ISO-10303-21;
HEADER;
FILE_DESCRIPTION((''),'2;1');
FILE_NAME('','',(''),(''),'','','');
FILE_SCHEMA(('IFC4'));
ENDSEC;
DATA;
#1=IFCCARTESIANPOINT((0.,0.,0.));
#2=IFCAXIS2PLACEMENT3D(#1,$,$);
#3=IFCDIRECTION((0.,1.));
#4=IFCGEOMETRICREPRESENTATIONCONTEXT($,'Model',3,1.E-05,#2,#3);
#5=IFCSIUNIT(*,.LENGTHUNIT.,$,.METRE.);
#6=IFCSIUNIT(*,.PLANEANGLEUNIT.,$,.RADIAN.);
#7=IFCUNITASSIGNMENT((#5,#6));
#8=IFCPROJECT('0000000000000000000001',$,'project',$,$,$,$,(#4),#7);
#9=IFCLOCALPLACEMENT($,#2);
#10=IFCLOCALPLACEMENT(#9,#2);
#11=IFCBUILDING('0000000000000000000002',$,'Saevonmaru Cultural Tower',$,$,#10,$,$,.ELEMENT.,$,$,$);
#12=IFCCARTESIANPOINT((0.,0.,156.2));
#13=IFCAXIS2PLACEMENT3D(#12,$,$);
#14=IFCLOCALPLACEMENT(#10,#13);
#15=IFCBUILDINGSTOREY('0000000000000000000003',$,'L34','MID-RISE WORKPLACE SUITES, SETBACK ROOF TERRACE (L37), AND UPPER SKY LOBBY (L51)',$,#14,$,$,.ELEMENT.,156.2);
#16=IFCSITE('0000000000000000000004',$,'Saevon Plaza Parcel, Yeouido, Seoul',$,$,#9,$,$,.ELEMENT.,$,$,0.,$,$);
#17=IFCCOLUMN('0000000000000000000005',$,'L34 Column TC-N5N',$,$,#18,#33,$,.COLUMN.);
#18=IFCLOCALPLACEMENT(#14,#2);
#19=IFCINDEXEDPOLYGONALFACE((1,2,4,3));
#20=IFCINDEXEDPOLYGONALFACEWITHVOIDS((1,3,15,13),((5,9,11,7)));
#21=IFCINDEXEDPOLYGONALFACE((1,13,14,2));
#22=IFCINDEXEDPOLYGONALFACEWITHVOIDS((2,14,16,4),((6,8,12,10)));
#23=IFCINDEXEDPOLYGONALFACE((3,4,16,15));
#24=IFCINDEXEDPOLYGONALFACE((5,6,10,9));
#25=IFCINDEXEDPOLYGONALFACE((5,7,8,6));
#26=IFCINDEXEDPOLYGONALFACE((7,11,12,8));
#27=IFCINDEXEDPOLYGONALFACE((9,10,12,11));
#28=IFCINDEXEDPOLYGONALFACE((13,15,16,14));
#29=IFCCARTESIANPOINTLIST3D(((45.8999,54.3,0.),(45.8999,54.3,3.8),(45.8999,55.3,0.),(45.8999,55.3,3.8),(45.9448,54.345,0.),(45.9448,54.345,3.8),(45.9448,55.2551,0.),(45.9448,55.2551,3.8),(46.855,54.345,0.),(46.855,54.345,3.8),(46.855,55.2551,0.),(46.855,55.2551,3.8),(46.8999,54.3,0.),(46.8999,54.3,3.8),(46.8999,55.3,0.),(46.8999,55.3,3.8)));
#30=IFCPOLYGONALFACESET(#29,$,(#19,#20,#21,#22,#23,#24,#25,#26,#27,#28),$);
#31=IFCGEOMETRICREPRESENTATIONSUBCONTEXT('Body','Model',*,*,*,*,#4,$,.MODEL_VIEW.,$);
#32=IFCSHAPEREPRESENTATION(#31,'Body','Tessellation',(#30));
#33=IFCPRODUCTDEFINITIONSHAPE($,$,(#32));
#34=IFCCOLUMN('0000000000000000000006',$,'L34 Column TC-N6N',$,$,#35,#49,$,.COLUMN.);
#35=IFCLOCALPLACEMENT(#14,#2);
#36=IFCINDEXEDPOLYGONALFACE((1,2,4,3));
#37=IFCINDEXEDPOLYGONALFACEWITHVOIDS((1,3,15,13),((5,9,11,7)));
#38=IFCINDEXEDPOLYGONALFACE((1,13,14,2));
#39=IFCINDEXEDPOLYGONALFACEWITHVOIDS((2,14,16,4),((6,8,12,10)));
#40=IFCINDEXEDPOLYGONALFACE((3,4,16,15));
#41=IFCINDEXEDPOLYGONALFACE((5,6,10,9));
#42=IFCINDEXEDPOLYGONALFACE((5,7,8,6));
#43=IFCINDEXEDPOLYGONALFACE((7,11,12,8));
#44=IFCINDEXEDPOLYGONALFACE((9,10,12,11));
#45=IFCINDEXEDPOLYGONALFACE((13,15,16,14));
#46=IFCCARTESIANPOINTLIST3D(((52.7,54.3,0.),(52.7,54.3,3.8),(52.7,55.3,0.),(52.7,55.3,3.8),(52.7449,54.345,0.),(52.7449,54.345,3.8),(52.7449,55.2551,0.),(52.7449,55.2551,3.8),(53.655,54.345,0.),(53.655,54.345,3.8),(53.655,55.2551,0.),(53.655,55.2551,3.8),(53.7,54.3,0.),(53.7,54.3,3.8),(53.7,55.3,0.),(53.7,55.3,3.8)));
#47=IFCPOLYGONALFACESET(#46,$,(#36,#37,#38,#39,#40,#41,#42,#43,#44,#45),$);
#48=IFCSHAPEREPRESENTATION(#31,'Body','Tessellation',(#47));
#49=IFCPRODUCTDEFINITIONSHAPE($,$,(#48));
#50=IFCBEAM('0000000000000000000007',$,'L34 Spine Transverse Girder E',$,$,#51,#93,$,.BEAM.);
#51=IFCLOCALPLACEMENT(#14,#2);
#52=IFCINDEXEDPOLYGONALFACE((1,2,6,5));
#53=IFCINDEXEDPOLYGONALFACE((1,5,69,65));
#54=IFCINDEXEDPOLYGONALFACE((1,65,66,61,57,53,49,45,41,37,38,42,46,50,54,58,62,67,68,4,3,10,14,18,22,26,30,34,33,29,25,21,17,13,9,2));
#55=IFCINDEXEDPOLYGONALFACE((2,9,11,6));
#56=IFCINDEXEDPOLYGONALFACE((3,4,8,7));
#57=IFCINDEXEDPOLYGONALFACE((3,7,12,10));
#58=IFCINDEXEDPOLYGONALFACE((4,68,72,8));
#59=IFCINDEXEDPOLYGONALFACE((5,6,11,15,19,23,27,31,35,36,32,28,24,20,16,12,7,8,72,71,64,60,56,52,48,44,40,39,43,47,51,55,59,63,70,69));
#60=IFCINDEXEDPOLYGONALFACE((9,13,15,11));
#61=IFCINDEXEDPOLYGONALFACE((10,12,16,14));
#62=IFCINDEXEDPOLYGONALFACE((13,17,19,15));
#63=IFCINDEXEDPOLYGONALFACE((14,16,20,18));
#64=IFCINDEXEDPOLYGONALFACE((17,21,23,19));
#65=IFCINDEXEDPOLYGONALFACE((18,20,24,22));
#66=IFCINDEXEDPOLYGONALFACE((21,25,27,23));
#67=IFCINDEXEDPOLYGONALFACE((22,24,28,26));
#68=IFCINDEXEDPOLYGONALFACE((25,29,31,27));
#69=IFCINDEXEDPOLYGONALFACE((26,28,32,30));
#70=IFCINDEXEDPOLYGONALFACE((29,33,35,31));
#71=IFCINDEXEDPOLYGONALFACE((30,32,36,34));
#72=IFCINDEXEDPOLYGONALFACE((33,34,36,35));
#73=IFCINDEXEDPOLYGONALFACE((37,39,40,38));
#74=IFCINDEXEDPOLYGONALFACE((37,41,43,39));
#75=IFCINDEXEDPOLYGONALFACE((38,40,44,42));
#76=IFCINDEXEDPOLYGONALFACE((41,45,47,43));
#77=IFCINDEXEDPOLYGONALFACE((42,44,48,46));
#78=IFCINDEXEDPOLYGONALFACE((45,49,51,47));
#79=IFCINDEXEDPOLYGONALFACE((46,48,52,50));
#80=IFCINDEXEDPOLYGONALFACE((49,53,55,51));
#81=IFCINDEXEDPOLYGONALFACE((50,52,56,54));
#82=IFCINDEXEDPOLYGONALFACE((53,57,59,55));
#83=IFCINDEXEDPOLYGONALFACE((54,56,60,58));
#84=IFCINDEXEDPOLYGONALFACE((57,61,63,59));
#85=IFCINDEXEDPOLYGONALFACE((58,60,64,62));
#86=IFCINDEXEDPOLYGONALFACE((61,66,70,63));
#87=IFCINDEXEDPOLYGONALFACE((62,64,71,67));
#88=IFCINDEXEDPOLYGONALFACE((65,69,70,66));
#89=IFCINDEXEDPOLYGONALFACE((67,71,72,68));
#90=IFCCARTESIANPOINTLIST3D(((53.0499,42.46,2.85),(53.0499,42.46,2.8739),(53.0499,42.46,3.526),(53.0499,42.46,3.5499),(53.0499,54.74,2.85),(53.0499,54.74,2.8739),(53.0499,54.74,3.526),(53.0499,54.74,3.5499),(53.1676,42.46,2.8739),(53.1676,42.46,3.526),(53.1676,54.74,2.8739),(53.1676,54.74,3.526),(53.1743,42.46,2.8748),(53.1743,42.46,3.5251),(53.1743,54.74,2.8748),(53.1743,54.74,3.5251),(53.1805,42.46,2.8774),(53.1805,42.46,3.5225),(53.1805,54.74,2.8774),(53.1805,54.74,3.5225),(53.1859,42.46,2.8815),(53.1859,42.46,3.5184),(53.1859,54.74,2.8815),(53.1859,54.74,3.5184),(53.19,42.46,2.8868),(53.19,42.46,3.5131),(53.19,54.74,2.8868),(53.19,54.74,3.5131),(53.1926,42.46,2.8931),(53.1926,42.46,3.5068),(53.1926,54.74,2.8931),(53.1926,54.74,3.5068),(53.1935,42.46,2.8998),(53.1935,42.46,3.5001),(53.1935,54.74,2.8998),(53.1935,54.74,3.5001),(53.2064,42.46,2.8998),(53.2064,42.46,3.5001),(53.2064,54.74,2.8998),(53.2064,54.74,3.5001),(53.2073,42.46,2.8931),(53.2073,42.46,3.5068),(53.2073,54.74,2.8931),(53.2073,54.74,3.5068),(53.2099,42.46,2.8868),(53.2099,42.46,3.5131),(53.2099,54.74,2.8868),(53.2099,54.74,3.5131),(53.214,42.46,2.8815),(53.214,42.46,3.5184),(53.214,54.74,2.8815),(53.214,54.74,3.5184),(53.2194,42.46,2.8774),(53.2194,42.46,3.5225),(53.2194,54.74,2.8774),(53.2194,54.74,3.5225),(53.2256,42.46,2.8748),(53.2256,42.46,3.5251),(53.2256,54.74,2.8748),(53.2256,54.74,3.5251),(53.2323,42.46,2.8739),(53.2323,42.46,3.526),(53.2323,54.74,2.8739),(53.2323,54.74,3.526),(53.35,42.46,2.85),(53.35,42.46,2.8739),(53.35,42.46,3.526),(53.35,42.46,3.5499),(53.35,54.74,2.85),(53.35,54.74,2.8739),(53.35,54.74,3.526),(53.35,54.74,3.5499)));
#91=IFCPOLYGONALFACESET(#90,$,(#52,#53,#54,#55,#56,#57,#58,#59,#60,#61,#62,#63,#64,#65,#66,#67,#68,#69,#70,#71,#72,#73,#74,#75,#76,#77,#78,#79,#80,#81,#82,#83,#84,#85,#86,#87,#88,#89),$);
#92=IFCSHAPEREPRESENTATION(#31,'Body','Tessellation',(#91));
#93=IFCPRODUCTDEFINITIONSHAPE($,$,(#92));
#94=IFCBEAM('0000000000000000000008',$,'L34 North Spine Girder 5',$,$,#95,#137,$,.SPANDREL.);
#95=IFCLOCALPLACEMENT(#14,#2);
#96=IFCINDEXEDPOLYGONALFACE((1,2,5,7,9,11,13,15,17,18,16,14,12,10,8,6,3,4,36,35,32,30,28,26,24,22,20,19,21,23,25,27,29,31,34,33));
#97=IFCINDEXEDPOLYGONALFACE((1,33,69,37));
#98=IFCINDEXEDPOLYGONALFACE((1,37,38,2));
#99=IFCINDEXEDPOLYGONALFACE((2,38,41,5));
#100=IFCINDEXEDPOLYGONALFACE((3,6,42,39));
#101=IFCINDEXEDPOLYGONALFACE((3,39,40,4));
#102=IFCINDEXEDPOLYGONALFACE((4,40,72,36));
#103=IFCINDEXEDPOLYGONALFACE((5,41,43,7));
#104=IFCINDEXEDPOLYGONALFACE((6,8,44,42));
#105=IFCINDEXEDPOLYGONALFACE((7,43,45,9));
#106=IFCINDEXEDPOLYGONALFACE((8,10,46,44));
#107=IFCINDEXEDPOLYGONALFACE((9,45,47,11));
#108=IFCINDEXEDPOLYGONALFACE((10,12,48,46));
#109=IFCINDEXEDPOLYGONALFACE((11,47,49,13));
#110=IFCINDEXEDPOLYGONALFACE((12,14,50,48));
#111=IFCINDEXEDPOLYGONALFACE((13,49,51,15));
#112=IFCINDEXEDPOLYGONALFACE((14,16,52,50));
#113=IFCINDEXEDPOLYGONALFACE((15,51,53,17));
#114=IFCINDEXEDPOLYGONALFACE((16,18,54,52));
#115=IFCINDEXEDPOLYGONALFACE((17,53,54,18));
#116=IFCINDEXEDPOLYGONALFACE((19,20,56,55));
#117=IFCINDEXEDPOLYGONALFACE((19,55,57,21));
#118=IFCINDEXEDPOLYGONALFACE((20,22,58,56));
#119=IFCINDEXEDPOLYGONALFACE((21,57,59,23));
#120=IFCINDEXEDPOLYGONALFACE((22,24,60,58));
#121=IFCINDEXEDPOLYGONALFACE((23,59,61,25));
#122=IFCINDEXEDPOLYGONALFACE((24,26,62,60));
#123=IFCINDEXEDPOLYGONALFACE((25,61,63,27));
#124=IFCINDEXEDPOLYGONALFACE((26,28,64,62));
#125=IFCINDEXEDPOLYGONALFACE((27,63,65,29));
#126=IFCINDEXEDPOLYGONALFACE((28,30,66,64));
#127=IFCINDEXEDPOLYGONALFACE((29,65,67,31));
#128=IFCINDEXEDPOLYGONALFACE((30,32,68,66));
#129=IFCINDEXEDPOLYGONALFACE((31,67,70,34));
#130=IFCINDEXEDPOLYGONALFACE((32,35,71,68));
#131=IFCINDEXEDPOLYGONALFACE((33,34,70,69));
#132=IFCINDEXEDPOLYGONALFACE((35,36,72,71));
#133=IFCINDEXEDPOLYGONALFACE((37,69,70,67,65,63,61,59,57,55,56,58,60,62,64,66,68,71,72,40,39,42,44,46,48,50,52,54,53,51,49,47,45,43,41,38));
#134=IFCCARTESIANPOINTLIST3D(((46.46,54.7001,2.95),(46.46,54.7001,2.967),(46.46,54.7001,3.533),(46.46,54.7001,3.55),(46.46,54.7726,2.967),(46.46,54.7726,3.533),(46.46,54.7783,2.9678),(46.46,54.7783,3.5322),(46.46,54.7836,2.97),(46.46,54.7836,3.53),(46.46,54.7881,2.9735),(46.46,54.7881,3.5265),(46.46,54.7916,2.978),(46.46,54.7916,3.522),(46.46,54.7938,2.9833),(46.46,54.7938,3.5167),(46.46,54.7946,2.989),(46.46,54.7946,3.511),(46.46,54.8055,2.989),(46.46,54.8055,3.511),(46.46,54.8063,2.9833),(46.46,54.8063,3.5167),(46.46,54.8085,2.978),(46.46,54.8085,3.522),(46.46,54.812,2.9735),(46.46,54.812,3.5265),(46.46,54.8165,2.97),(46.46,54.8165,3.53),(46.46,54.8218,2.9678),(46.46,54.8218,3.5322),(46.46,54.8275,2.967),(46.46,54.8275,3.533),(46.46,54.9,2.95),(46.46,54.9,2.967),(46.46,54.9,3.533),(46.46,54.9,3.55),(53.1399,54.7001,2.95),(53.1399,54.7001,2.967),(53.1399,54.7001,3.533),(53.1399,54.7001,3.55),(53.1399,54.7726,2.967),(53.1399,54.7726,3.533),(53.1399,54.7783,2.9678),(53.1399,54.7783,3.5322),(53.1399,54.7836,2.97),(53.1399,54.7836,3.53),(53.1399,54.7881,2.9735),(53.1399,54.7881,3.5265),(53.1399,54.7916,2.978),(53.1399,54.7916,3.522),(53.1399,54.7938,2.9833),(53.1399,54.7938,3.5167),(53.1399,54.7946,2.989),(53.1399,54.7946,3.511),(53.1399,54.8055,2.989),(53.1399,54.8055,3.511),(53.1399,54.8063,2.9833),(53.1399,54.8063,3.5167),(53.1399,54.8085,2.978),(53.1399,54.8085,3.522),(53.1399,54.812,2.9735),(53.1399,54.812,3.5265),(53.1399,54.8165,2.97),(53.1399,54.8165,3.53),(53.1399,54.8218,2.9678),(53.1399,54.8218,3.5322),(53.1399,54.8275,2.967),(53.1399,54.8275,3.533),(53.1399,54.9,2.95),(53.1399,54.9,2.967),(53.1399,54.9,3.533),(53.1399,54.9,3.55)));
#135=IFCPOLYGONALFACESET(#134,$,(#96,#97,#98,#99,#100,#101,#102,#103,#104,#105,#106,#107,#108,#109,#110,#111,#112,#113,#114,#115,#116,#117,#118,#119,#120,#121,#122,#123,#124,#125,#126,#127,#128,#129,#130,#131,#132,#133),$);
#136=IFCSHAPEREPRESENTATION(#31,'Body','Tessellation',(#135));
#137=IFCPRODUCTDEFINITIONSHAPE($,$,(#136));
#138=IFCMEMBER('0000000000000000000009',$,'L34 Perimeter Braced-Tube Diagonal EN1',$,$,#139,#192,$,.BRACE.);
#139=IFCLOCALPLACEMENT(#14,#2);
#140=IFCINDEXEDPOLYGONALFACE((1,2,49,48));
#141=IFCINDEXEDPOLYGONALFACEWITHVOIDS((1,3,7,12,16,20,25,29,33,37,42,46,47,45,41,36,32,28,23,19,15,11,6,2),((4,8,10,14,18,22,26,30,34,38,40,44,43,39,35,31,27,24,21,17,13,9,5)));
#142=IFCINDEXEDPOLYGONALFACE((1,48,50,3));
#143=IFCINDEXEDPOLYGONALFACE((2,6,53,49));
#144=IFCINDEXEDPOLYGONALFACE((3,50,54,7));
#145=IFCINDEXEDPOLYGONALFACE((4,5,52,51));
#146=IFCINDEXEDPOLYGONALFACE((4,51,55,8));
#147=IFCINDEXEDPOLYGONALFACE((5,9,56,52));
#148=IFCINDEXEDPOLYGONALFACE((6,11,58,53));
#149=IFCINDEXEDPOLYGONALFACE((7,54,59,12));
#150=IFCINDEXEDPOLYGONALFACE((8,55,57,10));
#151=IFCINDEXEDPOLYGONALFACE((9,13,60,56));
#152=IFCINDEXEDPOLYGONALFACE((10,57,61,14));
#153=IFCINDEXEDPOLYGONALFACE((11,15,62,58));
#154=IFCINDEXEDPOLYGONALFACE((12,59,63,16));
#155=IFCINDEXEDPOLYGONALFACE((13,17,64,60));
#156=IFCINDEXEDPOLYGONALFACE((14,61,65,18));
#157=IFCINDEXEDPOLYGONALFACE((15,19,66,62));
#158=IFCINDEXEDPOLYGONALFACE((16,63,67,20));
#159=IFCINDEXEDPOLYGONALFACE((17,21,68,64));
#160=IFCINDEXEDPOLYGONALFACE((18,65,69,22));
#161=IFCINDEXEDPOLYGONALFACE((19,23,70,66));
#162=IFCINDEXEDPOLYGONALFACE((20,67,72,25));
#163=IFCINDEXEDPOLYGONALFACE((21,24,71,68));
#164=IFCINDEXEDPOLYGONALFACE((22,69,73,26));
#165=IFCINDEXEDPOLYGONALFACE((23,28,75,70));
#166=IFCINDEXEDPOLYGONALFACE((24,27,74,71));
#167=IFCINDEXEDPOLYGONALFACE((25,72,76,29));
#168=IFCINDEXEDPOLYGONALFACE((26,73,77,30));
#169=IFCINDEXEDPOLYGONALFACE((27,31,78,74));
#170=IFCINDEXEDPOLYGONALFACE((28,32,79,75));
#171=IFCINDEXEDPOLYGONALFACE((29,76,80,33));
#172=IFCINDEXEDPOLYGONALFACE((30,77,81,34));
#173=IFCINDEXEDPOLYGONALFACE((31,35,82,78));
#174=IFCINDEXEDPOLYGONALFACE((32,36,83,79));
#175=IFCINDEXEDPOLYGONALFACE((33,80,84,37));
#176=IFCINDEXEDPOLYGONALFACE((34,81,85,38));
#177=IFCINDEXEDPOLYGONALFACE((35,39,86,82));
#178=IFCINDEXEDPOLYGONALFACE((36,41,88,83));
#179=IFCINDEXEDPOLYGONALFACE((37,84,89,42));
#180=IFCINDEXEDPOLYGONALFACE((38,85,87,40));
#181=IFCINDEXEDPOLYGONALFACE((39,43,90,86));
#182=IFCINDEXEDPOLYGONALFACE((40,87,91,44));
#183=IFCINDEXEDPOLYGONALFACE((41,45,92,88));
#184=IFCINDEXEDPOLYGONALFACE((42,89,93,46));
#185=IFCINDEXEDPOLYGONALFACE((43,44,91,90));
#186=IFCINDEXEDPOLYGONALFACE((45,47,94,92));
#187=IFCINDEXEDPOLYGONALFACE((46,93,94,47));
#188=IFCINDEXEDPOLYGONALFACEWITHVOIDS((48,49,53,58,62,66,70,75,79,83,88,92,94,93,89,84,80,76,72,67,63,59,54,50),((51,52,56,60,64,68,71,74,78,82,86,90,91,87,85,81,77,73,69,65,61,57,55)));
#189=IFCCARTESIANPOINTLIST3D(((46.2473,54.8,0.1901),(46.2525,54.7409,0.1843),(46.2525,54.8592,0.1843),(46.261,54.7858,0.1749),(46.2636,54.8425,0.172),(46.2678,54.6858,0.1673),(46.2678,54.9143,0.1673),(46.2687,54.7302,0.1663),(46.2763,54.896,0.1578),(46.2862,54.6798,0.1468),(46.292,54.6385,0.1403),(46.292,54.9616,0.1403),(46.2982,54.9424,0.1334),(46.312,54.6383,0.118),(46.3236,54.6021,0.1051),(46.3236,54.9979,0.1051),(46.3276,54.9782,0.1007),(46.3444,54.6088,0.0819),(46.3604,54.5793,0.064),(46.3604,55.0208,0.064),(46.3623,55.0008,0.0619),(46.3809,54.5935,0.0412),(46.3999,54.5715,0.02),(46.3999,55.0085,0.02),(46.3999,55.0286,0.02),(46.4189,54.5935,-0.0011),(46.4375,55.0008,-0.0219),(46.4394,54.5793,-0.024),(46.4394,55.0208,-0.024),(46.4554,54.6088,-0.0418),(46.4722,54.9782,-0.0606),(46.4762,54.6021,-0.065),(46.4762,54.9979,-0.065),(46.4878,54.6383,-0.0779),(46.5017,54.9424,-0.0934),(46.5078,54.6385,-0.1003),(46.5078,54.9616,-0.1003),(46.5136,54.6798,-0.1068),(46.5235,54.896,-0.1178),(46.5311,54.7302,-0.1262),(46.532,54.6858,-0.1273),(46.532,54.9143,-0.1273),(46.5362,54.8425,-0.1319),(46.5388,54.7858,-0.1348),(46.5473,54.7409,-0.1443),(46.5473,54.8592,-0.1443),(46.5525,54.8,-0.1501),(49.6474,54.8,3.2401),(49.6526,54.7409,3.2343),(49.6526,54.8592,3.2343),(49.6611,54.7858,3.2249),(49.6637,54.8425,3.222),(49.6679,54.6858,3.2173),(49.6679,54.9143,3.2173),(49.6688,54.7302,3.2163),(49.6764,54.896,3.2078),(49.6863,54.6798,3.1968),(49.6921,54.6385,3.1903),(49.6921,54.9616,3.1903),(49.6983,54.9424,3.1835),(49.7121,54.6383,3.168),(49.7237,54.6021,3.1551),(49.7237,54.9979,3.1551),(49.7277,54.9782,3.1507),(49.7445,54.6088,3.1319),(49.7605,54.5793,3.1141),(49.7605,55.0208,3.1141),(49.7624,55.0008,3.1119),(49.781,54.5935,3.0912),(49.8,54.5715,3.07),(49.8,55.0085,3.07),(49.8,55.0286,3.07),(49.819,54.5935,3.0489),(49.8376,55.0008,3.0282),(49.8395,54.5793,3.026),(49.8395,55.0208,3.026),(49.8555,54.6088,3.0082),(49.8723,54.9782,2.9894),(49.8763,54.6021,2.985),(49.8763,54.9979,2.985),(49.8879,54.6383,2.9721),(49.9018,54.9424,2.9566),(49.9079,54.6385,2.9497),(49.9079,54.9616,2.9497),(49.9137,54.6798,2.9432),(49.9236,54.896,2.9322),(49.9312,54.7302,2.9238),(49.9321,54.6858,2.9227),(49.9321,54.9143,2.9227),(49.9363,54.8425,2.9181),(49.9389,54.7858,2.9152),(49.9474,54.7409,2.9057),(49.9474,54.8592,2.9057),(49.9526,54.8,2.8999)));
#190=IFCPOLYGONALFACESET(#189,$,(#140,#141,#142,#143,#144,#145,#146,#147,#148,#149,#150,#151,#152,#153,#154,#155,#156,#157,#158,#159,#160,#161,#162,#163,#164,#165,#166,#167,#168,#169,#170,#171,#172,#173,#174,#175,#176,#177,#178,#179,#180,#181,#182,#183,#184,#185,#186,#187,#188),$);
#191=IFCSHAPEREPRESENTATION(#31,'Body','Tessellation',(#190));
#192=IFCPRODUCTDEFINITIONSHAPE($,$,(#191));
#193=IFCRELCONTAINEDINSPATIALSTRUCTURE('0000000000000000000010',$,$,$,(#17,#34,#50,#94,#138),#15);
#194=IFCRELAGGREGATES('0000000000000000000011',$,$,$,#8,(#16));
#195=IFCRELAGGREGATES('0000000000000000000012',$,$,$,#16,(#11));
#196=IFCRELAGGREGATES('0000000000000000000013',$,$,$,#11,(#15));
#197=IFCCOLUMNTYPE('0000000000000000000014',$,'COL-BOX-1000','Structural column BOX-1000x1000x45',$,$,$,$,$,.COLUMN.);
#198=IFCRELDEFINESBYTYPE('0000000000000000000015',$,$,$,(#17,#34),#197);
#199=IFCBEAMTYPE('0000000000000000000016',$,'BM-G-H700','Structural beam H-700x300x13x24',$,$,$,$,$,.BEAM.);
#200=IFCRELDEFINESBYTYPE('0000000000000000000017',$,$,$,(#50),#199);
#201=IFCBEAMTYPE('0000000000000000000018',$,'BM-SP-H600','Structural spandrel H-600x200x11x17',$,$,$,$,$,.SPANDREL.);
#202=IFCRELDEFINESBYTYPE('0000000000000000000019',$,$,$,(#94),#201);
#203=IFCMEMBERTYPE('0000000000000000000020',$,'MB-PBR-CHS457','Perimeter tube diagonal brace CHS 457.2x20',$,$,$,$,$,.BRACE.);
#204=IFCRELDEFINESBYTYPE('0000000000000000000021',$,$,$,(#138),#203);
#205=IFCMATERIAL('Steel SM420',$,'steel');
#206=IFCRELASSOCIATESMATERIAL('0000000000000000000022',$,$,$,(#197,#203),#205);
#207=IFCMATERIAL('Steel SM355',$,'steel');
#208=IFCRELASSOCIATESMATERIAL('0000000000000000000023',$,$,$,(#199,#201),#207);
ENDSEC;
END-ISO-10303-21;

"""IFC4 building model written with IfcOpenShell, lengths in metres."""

from ifc_helpers import new_model, si_unit, direction, frame, origin, origin_2d, place, context, subcontext, project, spatial, hollow_rectangle, hollow_circle, i_section, extrude, material, material_profile, profile_set, type_object, element, save


model = new_model("IFC4")

# Units and contexts
model_context = context("Model", 3, precision=1e-05, world=origin(), true_north=direction((0.0, 1.0)))
body_context = subcontext(model_context, "Body", "Model", "MODEL_VIEW")
ifc_project = project(units=[si_unit("LENGTHUNIT", "METRE"), si_unit("PLANEANGLEUNIT", "RADIAN")], contexts=[model_context])

# Site, building, storey
site_placement = place(None, origin())
site = spatial("IfcSite", under=ifc_project, at=site_placement, Name="Saevon Plaza Parcel, Yeouido, Seoul", CompositionType="ELEMENT", RefElevation=0.0)
building_placement = place(site_placement, origin())
building = spatial("IfcBuilding", under=site, at=building_placement, Name="Saevonmaru Cultural Tower", CompositionType="ELEMENT")
storey_placement = place(building_placement, frame((0.0, 0.0, 156.2)))
storey = spatial("IfcBuildingStorey", under=building, at=storey_placement, Name="L34", Description="MID-RISE WORKPLACE SUITES, SETBACK ROOF TERRACE (L37), AND UPPER SKY LOBBY (L51)", CompositionType="ELEMENT", Elevation=156.2)

# Columns
ifc_material_1 = material(Name="Steel SM420", Category="steel")
ifc_material_profile_1 = material_profile(ifc_material_1, hollow_rectangle(XDim=1.0, YDim=1.0, WallThickness=0.0449, at=origin_2d()), Name="BOX-1000x1000x45")
ifc_profile_set_1 = profile_set([ifc_material_profile_1], Name="Steel SM420")
column_type = type_object("IfcColumnType", Name="COL-BOX-1000", Description="Structural column BOX-1000x1000x45", PredefinedType="COLUMN", material=ifc_profile_set_1)
for number, where, z_axis, x_axis, name in (
    (1, (46.3999, 54.8, 0.0), (0.0, 0.0, 1.0), (1.0, 0.0, 0.0), "L34 Column TC-N5N"),
    (2, (53.2, 54.8, 0.0), (0.0, 0.0, 1.0), (1.0, 0.0, 0.0), "L34 Column TC-N6N"),
):
    element("IfcColumn", number, at=place(storey_placement, frame(where, z_axis=z_axis, x_axis=x_axis)), inside=storey, type_object=column_type, Name=name, PredefinedType="COLUMN", context=body_context, shape_type="SweptSolid", body=[
        extrude(hollow_rectangle(XDim=1.0, YDim=1.0, WallThickness=0.0449, at=origin_2d()), origin(), (0.0, 0.0, 1.0), 3.8),
    ])

# Beams
ifc_material_2 = material(Name="Steel SM355", Category="steel")
ifc_material_profile_2 = material_profile(ifc_material_2, i_section(OverallWidth=0.3, OverallDepth=0.7, WebThickness=0.0129, FlangeThickness=0.0239, FilletRadius=0.0259, at=origin_2d()), Name="H-700x300x13x24")
ifc_profile_set_2 = profile_set([ifc_material_profile_2], Name="Steel SM355")
beam_type_1 = type_object("IfcBeamType", Name="BM-G-H700", Description="Structural beam H-700x300x13x24", PredefinedType="BEAM", material=ifc_profile_set_2)
beam_1_placement = place(storey_placement, frame((53.2, 54.74, 3.2), z_axis=(0.0, -1.0, 0.0), x_axis=(1.0, 0.0, 0.0)))
element("IfcBeam", 3, at=beam_1_placement, inside=storey, type_object=beam_type_1, Name="L34 Spine Transverse Girder E", PredefinedType="BEAM", context=body_context, shape_type="SweptSolid", body=[
    extrude(i_section(OverallWidth=0.3, OverallDepth=0.7, WebThickness=0.0129, FlangeThickness=0.0239, FilletRadius=0.0259, at=origin_2d()), origin(), (0.0, 0.0, 1.0), 12.28),
])
ifc_material_profile_3 = material_profile(ifc_material_2, i_section(OverallWidth=0.2, OverallDepth=0.6001, WebThickness=0.011, FlangeThickness=0.0171, FilletRadius=0.022, at=origin_2d()), Name="H-600x200x11x17")
ifc_profile_set_3 = profile_set([ifc_material_profile_3], Name="Steel SM355")
beam_type_2 = type_object("IfcBeamType", Name="BM-SP-H600", Description="Structural spandrel H-600x200x11x17", PredefinedType="SPANDREL", material=ifc_profile_set_3)
beam_2_placement = place(storey_placement, frame((46.46, 54.8, 3.25), z_axis=(1.0, 0.0, 0.0), x_axis=(0.0, 1.0, 0.0)))
element("IfcBeam", 4, at=beam_2_placement, inside=storey, type_object=beam_type_2, Name="L34 North Spine Girder 5", PredefinedType="SPANDREL", context=body_context, shape_type="SweptSolid", body=[
    extrude(i_section(OverallWidth=0.2, OverallDepth=0.6001, WebThickness=0.011, FlangeThickness=0.0171, FilletRadius=0.022, at=origin_2d()), origin(), (0.0, 0.0, 1.0), 6.6799),
])

# Member
ifc_material_profile_4 = material_profile(ifc_material_1, hollow_circle(Radius=0.2285, WallThickness=0.02, at=origin_2d()), Name="CHS-457.2x20")
ifc_profile_set_4 = profile_set([ifc_material_profile_4], Name="Steel SM420")
member_type_1 = type_object("IfcMemberType", Name="MB-PBR-CHS457", Description="Perimeter tube diagonal brace CHS 457.2x20", PredefinedType="BRACE", material=ifc_profile_set_4)
for number, where, z_axis, x_axis, name in (
    (5, (46.3999, 54.8, 0.02), (0.744391, 0.0, 0.667744), (0.0, 1.0, 0.0), "L34 Perimeter Braced-Tube Diagonal EN1"),
):
    element("IfcMember", number, at=place(storey_placement, frame(where, z_axis=z_axis, x_axis=x_axis)), inside=storey, type_object=member_type_1, Name=name, PredefinedType="BRACE", context=body_context, shape_type="SweptSolid", body=[
        extrude(hollow_circle(Radius=0.2285, WallThickness=0.02, at=origin_2d()), origin(), (0.0, 0.0, 1.0), 4.5676),
    ])

save(model, "model.ifc")
